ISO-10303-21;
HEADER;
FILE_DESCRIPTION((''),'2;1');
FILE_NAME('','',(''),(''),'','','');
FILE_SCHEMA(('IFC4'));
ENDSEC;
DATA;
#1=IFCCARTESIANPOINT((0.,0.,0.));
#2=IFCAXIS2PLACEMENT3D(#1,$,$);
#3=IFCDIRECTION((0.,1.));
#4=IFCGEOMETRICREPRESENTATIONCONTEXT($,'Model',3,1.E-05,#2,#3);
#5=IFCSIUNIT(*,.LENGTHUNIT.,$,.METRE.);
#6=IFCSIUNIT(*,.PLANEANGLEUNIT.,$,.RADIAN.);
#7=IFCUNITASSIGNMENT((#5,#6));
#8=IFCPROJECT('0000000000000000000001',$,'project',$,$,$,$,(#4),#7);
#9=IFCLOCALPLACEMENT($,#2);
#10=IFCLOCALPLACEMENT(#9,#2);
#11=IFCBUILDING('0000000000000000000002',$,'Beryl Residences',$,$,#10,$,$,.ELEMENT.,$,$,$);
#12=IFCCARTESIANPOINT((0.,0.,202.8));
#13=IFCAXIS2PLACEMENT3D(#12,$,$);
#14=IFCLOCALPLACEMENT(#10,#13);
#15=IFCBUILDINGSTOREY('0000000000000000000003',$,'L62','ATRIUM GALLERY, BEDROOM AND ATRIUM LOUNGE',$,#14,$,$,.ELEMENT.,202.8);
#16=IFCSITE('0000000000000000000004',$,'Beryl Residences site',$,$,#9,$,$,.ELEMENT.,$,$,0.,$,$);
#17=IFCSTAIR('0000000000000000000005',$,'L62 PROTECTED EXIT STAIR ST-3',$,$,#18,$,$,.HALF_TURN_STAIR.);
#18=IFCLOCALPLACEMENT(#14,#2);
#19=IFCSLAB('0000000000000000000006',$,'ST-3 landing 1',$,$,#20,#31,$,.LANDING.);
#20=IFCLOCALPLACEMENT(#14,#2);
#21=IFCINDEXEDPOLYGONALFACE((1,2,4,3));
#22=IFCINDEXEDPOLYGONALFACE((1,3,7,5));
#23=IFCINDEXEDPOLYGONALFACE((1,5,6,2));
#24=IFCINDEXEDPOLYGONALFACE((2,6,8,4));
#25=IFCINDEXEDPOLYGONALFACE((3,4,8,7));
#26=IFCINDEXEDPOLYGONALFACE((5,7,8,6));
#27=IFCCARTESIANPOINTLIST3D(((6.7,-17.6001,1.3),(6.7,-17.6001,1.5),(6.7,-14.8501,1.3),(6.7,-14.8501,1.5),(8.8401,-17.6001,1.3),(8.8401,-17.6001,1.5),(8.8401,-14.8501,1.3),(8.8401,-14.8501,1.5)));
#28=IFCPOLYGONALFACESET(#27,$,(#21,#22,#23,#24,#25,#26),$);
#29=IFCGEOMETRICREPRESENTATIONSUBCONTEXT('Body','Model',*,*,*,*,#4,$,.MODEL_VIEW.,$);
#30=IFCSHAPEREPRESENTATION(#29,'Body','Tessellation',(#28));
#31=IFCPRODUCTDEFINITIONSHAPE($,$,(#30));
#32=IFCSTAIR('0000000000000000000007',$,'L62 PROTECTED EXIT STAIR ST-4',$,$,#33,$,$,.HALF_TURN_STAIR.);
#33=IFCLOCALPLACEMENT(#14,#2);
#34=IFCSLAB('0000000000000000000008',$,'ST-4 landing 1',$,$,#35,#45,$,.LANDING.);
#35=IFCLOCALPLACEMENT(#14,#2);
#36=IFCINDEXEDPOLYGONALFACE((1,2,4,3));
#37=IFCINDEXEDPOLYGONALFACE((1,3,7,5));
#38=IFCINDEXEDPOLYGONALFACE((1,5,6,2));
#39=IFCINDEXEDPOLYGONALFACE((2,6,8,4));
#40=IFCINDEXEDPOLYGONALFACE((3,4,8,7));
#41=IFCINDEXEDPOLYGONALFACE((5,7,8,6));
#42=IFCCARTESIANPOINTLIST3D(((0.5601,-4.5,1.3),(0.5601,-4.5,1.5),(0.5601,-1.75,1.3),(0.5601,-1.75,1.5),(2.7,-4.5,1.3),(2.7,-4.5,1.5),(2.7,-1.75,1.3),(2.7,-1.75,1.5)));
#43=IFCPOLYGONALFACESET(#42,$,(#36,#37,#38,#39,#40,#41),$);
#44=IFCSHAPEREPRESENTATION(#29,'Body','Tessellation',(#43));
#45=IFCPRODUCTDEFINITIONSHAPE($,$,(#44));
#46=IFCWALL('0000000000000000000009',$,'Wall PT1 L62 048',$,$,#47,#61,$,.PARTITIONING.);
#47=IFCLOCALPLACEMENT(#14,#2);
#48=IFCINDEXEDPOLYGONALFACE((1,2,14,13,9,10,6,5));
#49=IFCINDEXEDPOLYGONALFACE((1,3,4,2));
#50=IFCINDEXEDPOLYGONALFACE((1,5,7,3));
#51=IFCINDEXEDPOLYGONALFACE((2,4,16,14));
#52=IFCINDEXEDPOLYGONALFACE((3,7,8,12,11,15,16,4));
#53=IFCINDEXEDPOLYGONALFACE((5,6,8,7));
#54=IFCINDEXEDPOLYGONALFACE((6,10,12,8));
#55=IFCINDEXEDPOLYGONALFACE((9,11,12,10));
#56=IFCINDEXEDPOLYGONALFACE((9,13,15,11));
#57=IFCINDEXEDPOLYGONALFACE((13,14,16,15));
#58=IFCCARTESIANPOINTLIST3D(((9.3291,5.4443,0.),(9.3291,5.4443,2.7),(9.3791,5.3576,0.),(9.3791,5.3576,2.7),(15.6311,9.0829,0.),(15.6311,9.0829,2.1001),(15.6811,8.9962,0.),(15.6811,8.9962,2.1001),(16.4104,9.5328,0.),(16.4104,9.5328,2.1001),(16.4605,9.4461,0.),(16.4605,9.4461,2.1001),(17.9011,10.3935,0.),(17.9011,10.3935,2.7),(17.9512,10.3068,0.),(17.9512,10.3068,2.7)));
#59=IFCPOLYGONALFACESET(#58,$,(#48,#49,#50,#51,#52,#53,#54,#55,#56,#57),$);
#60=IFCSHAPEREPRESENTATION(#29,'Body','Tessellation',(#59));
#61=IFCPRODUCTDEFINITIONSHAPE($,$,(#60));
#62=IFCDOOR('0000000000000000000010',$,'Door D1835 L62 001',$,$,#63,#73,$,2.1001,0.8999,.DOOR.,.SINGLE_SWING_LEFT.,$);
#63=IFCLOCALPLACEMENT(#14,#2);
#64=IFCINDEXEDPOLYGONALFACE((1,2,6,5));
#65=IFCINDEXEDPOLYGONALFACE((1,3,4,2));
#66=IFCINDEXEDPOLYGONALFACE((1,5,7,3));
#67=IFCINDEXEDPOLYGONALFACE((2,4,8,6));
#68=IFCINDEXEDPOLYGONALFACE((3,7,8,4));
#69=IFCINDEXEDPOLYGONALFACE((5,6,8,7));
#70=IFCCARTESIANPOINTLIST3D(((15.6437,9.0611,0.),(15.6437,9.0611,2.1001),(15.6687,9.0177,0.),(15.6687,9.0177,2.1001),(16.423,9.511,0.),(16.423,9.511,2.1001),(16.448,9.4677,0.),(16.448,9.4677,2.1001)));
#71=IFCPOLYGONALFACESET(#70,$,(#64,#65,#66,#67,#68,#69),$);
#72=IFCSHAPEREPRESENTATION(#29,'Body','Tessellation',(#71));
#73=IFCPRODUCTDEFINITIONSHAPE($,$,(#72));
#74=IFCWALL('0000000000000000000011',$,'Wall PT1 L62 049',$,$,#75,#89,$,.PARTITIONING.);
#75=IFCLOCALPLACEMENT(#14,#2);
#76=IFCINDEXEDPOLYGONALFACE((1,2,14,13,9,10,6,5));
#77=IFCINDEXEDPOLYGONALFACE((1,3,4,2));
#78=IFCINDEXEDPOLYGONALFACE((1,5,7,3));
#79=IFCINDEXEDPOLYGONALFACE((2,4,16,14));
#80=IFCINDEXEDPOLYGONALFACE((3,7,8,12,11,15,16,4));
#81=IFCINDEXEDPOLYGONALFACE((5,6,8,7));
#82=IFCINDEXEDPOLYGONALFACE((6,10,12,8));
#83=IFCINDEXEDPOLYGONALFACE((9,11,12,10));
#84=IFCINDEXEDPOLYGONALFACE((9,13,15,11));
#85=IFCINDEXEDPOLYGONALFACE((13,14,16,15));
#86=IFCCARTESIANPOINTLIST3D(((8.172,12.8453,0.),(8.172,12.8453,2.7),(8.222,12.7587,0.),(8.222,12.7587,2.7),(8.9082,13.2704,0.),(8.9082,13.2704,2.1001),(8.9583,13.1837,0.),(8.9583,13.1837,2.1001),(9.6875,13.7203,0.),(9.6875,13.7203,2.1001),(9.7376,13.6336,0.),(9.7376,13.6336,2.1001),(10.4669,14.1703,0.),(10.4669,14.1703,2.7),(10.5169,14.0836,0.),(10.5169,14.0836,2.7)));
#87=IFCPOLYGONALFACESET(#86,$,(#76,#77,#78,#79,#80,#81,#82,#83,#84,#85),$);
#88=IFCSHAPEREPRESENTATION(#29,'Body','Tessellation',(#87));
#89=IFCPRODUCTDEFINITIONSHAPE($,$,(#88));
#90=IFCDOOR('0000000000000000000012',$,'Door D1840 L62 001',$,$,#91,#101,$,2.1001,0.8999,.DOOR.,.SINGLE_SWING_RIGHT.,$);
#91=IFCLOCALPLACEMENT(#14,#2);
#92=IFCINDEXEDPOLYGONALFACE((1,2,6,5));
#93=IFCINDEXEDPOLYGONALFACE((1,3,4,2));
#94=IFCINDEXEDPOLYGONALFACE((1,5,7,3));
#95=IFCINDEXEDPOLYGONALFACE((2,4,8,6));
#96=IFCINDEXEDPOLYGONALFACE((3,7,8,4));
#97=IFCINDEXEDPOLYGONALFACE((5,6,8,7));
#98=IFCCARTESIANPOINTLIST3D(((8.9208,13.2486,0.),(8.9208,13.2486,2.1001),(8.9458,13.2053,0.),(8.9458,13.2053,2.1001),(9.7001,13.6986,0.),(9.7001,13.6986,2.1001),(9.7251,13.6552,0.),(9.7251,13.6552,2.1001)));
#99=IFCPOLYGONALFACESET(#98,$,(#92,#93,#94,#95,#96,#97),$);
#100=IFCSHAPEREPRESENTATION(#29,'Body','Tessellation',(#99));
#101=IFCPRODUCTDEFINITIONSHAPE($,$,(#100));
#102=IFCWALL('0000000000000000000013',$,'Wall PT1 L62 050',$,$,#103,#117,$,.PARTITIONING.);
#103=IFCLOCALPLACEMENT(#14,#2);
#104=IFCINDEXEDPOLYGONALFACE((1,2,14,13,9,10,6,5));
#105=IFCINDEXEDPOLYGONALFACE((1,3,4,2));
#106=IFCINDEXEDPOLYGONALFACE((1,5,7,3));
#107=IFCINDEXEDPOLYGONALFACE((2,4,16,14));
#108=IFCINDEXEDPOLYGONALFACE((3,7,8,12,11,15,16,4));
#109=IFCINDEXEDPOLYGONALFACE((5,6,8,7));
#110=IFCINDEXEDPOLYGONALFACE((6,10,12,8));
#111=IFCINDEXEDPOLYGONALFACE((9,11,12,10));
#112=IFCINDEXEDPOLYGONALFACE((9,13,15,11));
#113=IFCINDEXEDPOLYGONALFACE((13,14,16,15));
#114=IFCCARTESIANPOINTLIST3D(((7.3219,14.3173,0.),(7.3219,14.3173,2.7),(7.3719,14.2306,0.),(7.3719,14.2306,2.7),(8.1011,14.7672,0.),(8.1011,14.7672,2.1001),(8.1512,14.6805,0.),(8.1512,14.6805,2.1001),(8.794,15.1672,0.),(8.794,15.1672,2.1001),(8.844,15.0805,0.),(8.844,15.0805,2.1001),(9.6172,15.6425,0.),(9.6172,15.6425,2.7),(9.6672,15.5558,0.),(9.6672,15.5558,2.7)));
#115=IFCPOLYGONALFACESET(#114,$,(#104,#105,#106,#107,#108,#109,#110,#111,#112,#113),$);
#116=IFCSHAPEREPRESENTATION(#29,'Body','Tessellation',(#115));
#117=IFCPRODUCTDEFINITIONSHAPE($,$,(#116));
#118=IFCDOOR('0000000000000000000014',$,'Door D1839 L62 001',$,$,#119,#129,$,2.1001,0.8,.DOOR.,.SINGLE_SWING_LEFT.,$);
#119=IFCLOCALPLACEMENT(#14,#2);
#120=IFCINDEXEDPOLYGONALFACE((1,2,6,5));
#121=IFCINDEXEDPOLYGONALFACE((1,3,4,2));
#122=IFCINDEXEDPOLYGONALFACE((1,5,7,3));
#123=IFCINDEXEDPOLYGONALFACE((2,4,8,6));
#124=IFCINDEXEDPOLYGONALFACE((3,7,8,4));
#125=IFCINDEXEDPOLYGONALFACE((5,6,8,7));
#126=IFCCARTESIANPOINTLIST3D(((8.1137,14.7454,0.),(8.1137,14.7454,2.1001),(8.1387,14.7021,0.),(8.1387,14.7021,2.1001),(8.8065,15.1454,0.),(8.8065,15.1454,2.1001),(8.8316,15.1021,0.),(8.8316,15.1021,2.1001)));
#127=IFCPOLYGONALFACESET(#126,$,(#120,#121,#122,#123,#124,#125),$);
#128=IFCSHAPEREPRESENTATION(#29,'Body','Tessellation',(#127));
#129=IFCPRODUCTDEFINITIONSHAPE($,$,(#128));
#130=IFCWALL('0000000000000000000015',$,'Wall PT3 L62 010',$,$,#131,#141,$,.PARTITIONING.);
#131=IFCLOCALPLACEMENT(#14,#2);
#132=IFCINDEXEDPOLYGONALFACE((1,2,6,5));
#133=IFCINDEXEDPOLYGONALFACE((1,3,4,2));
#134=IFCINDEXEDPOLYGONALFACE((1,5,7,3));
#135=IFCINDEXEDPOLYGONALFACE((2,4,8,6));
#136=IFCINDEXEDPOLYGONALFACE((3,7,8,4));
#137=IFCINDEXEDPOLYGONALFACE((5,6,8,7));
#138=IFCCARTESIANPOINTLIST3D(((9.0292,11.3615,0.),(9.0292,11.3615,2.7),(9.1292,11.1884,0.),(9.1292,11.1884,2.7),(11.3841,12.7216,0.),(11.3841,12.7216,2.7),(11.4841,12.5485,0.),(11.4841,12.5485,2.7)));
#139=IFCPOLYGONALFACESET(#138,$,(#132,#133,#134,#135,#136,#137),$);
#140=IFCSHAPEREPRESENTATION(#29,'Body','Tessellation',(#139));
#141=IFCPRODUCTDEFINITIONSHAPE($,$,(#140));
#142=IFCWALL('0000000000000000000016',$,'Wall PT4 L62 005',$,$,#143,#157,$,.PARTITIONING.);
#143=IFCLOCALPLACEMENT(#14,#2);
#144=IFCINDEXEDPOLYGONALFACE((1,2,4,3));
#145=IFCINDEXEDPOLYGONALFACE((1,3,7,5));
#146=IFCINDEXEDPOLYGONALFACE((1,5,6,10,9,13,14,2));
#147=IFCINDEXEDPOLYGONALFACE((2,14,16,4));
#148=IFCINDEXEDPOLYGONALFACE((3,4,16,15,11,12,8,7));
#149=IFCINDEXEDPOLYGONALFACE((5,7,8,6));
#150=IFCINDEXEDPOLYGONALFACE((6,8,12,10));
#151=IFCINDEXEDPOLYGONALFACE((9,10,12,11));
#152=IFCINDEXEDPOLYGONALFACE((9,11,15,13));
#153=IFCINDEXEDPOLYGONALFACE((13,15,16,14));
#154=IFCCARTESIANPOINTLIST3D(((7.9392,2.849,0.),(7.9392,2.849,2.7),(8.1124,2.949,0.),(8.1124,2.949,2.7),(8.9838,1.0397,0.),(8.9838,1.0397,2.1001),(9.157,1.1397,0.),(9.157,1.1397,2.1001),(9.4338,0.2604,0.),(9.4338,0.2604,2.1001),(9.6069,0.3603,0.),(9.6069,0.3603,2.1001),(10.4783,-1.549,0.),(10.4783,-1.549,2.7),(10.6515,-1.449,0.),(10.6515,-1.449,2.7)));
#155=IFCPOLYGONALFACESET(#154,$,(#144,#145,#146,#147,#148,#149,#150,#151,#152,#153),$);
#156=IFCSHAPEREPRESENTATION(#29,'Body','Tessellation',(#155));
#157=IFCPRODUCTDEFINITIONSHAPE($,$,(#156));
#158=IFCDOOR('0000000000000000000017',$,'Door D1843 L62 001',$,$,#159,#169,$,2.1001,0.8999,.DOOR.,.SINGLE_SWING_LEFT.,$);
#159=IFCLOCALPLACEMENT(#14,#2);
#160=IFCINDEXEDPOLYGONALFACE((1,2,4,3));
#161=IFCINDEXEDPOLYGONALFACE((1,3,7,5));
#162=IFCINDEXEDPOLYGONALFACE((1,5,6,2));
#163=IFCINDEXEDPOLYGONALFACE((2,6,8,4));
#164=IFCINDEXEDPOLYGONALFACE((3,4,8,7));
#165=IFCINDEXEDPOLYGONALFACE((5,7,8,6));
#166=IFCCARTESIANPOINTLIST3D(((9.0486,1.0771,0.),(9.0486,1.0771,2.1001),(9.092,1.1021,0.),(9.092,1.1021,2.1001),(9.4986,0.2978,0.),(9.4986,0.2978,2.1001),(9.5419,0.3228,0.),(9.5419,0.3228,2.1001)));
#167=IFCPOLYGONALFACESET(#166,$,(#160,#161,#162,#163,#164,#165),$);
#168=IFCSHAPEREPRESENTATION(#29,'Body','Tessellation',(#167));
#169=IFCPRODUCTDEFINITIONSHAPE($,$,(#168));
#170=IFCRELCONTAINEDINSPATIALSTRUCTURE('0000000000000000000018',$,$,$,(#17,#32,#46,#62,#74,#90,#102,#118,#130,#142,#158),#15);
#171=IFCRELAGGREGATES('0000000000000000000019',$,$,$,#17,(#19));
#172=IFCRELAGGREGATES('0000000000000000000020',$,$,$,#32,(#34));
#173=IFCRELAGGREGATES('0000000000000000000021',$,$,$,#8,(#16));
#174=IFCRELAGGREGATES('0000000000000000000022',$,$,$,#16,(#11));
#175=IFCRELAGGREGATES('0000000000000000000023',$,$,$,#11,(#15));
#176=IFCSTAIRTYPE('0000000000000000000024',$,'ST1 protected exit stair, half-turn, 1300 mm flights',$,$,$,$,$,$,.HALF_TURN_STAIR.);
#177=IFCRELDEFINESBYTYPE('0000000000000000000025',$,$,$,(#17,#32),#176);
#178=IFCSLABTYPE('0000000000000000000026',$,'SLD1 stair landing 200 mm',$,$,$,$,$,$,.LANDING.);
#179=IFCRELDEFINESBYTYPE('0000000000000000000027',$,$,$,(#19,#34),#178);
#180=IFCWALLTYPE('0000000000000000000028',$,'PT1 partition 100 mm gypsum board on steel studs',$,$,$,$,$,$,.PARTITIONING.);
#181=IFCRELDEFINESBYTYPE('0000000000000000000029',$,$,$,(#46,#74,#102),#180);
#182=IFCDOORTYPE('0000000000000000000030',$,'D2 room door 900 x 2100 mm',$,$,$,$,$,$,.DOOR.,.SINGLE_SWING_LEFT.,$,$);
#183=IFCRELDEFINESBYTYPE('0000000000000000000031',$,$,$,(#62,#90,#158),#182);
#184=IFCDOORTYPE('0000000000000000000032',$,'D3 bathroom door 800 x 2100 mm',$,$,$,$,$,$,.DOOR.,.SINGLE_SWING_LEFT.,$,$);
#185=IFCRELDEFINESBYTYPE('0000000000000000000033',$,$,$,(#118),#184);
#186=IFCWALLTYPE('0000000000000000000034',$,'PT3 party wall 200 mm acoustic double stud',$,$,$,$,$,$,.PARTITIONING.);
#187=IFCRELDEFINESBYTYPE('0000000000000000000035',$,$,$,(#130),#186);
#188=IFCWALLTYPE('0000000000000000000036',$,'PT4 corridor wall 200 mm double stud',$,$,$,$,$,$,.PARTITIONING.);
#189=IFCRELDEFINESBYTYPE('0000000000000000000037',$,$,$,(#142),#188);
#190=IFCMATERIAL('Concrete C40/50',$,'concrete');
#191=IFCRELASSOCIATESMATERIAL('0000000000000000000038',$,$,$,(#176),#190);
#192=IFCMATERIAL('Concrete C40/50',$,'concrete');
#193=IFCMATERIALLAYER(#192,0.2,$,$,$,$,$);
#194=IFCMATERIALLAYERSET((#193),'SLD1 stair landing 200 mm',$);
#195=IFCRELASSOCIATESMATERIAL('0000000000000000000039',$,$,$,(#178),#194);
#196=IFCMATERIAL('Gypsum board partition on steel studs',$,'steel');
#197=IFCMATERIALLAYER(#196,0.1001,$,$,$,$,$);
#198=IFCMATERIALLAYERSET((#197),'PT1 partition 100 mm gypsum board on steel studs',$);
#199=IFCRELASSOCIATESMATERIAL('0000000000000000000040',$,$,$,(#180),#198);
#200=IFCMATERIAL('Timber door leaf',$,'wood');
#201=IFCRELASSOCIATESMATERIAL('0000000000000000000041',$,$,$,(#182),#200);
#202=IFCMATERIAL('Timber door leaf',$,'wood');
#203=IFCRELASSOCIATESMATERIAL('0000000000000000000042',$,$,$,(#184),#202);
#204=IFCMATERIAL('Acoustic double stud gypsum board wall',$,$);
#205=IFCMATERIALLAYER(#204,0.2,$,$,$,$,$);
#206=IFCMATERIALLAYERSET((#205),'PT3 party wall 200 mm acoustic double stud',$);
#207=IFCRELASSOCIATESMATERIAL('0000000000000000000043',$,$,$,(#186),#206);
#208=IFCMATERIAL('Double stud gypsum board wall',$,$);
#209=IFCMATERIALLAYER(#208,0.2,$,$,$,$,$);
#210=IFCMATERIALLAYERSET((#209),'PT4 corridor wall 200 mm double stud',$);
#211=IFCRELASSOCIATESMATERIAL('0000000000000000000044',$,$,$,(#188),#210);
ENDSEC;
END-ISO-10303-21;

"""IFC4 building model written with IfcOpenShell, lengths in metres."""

from ifc_helpers import new_model, si_unit, direction, frame, frame_2d, origin, place, context, subcontext, project, spatial, polyline, rectangle, outline, extrude, material, layer, layer_set, type_object, element, fill, aggregate, save


model = new_model("IFC4")

# Units and contexts
model_context = context("Model", 3, precision=1e-05, world=origin(), true_north=direction((0.0, 1.0)))
body_context = subcontext(model_context, "Body", "Model", "MODEL_VIEW")
ifc_project = project(units=[si_unit("LENGTHUNIT", "METRE"), si_unit("PLANEANGLEUNIT", "RADIAN")], contexts=[model_context])

# Site, building, storey
site_placement = place(None, origin())
site = spatial("IfcSite", under=ifc_project, at=site_placement, Name="Beryl Residences site", CompositionType="ELEMENT", RefElevation=0.0)
building_placement = place(site_placement, origin())
building = spatial("IfcBuilding", under=site, at=building_placement, Name="Beryl Residences", CompositionType="ELEMENT")
storey_placement = place(building_placement, frame((0.0, 0.0, 202.8)))
storey = spatial("IfcBuildingStorey", under=building, at=storey_placement, Name="L62", Description="ATRIUM GALLERY, BEDROOM AND ATRIUM LOUNGE", CompositionType="ELEMENT", Elevation=202.8)

# Stairs, slabs
ifc_material_1 = material(Name="Concrete C40/50", Category="concrete")
stair_type = type_object("IfcStairType", Name="ST1 protected exit stair, half-turn, 1300 mm flights", PredefinedType="HALF_TURN_STAIR", material=ifc_material_1)
ifc_material_2 = material(Name="Concrete C40/50", Category="concrete")
ifc_layer_1 = layer(ifc_material_2, 0.2)
ifc_layer_set_1 = layer_set([ifc_layer_1], Name="SLD1 stair landing 200 mm")
slab_type_1 = type_object("IfcSlabType", Name="SLD1 stair landing 200 mm", PredefinedType="LANDING", material=ifc_layer_set_1)
stair_1_placement = place(storey_placement, origin())
stair_1 = element("IfcStair", 1, at=stair_1_placement, inside=storey, type_object=stair_type, Name="L62 PROTECTED EXIT STAIR ST-3", PredefinedType="HALF_TURN_STAIR")
slab_1_placement = place(storey_placement, frame((0.0, 0.0, 1.3)))
slab_1 = element("IfcSlab", 2, at=slab_1_placement, type_object=slab_type_1, Name="ST-3 landing 1", PredefinedType="LANDING", context=body_context, shape_type="SweptSolid", body=[
    extrude(outline(polyline([(8.8401, -14.8501), (6.7, -14.8501), (6.7, -17.6001), (8.8401, -17.6001), (8.8401, -14.8501)])), origin(), (0.0, 0.0, 1.0), 0.2),
])
aggregate(stair_1, [slab_1])
stair_2_placement = place(storey_placement, origin())
stair_2 = element("IfcStair", 3, at=stair_2_placement, inside=storey, type_object=stair_type, Name="L62 PROTECTED EXIT STAIR ST-4", PredefinedType="HALF_TURN_STAIR")
slab_2_placement = place(storey_placement, frame((0.0, 0.0, 1.3)))
slab_2 = element("IfcSlab", 4, at=slab_2_placement, type_object=slab_type_1, Name="ST-4 landing 1", PredefinedType="LANDING", context=body_context, shape_type="SweptSolid", body=[
    extrude(outline(polyline([(0.5601, -4.5), (2.7, -4.5), (2.7, -1.75), (0.5601, -1.75), (0.5601, -4.5)])), origin(), (0.0, 0.0, 1.0), 0.2),
])
aggregate(stair_2, [slab_2])

# Walls, openings, doors
ifc_material_3 = material(Name="Gypsum board partition on steel studs", Category="steel")
ifc_layer_2 = layer(ifc_material_3, 0.1001)
ifc_layer_set_2 = layer_set([ifc_layer_2], Name="PT1 partition 100 mm gypsum board on steel studs")
wall_type_1 = type_object("IfcWallType", Name="PT1 partition 100 mm gypsum board on steel studs", PredefinedType="PARTITIONING", material=ifc_layer_set_2)
wall_1_placement = place(storey_placement, frame((9.354, 5.4009, 0.0), z_axis=(0.0, 0.0, 1.0), x_axis=(0.866018, 0.500012, 0.0)))
wall_1 = element("IfcWall", 5, at=wall_1_placement, inside=storey, type_object=wall_type_1, Name="Wall PT1 L62 048", PredefinedType="PARTITIONING", context=body_context, shape_type="SweptSolid", body=[
    extrude(rectangle(XDim=9.8982, YDim=0.1001, at=frame_2d((4.9492, 0.0))), origin(), (0.0, 0.0, 1.0), 2.7),
])
opening_1_placement = place(wall_1_placement, frame((7.2771, 0.0, 0.0)))
opening_1 = element("IfcOpeningElement", 6, at=opening_1_placement, cuts=wall_1, PredefinedType="OPENING", context=body_context, shape_type="SweptSolid", body=[
    extrude(rectangle(XDim=0.8999, YDim=2.1001, at=frame_2d((0.45, 1.05))), frame((0.0, 0.0601, 0.0), z_axis=(0.0, -1.0, 0.0), x_axis=(1.0, 0.0, 0.0)), (0.0, 0.0, 1.0), 0.1201),
])
ifc_material_4 = material(Name="Timber door leaf", Category="wood")
door_type_1 = type_object("IfcDoorType", Name="D2 room door 900 x 2100 mm", OperationType="SINGLE_SWING_LEFT", PredefinedType="DOOR", material=ifc_material_4)
door_1_placement = place(opening_1_placement, origin())
door_1 = element("IfcDoor", 7, at=door_1_placement, inside=storey, type_object=door_type_1, Name="Door D1835 L62 001", OperationType="SINGLE_SWING_LEFT", OverallHeight=2.1001, OverallWidth=0.8999, PredefinedType="DOOR", context=body_context, shape_type="SweptSolid", body=[
    extrude(rectangle(XDim=0.8999, YDim=2.1001, at=frame_2d((0.45, 1.05))), frame((0.0, 0.0249, 0.0), z_axis=(0.0, -1.0, 0.0), x_axis=(1.0, 0.0, 0.0)), (0.0, 0.0, 1.0), 0.05),
])
fill(opening_1, door_1)
wall_2_placement = place(storey_placement, frame((8.197, 12.802, 0.0), z_axis=(0.0, 0.0, 1.0), x_axis=(0.866029, 0.499994, 0.0)))
wall_2 = element("IfcWall", 8, at=wall_2_placement, inside=storey, type_object=wall_type_1, Name="Wall PT1 L62 049", PredefinedType="PARTITIONING", context=body_context, shape_type="SweptSolid", body=[
    extrude(rectangle(XDim=2.6499, YDim=0.1001, at=frame_2d((1.325, 0.0))), origin(), (0.0, 0.0, 1.0), 2.7),
])
opening_2_placement = place(wall_2_placement, frame((0.8501, 0.0, 0.0)))
opening_2 = element("IfcOpeningElement", 9, at=opening_2_placement, cuts=wall_2, PredefinedType="OPENING", context=body_context, shape_type="SweptSolid", body=[
    extrude(rectangle(XDim=0.8999, YDim=2.1001, at=frame_2d((0.45, 1.05))), frame((0.0, 0.0601, 0.0), z_axis=(0.0, -1.0, 0.0), x_axis=(1.0, 0.0, 0.0)), (0.0, 0.0, 1.0), 0.1201),
])
door_2_placement = place(opening_2_placement, origin())
door_2 = element("IfcDoor", 10, at=door_2_placement, inside=storey, type_object=door_type_1, Name="Door D1840 L62 001", OperationType="SINGLE_SWING_RIGHT", OverallHeight=2.1001, OverallWidth=0.8999, PredefinedType="DOOR", context=body_context, shape_type="SweptSolid", body=[
    extrude(rectangle(XDim=0.8999, YDim=2.1001, at=frame_2d((0.45, 1.05))), frame((0.0, 0.0249, 0.0), z_axis=(0.0, -1.0, 0.0), x_axis=(1.0, 0.0, 0.0)), (0.0, 0.0, 1.0), 0.05),
])
fill(opening_2, door_2)
wall_3_placement = place(storey_placement, frame((7.3469, 14.2739, 0.0), z_axis=(0.0, 0.0, 1.0), x_axis=(0.866012, 0.500023, 0.0)))
wall_3 = element("IfcWall", 11, at=wall_3_placement, inside=storey, type_object=wall_type_1, Name="Wall PT1 L62 050", PredefinedType="PARTITIONING", context=body_context, shape_type="SweptSolid", body=[
    extrude(rectangle(XDim=2.6504, YDim=0.1001, at=frame_2d((1.3252, 0.0))), origin(), (0.0, 0.0, 1.0), 2.7),
])
opening_3_placement = place(wall_3_placement, frame((0.8999, 0.0, 0.0)))
opening_3 = element("IfcOpeningElement", 12, at=opening_3_placement, cuts=wall_3, PredefinedType="OPENING", context=body_context, shape_type="SweptSolid", body=[
    extrude(rectangle(XDim=0.8, YDim=2.1001, at=frame_2d((0.3999, 1.05))), frame((0.0, 0.0601, 0.0), z_axis=(0.0, -1.0, 0.0), x_axis=(1.0, 0.0, 0.0)), (0.0, 0.0, 1.0), 0.1201),
])
ifc_material_5 = material(Name="Timber door leaf", Category="wood")
door_type_2 = type_object("IfcDoorType", Name="D3 bathroom door 800 x 2100 mm", OperationType="SINGLE_SWING_LEFT", PredefinedType="DOOR", material=ifc_material_5)
door_3_placement = place(opening_3_placement, origin())
door_3 = element("IfcDoor", 13, at=door_3_placement, inside=storey, type_object=door_type_2, Name="Door D1839 L62 001", OperationType="SINGLE_SWING_LEFT", OverallHeight=2.1001, OverallWidth=0.8, PredefinedType="DOOR", context=body_context, shape_type="SweptSolid", body=[
    extrude(rectangle(XDim=0.8, YDim=2.1001, at=frame_2d((0.3999, 1.05))), frame((0.0, 0.0249, 0.0), z_axis=(0.0, -1.0, 0.0), x_axis=(1.0, 0.0, 0.0)), (0.0, 0.0, 1.0), 0.05),
])
fill(opening_3, door_3)

# Wall
ifc_material_6 = material(Name="Acoustic double stud gypsum board wall")
ifc_layer_3 = layer(ifc_material_6, 0.2)
ifc_layer_set_3 = layer_set([ifc_layer_3], Name="PT3 party wall 200 mm acoustic double stud")
wall_type_2 = type_object("IfcWallType", Name="PT3 party wall 200 mm acoustic double stud", PredefinedType="PARTITIONING", material=ifc_layer_set_3)
wall_4_placement = place(storey_placement, frame((9.0791, 11.2749, 0.0), z_axis=(0.0, 0.0, 1.0), x_axis=(0.865952, 0.500127, 0.0)))
element("IfcWall", 14, at=wall_4_placement, inside=storey, type_object=wall_type_2, Name="Wall PT3 L62 010", PredefinedType="PARTITIONING", context=body_context, shape_type="SweptSolid", body=[
    extrude(rectangle(XDim=2.7195, YDim=0.2, at=frame_2d((1.3599, 0.0))), origin(), (0.0, 0.0, 1.0), 2.7),
])

# Wall, opening, door
ifc_material_7 = material(Name="Double stud gypsum board wall")
ifc_layer_4 = layer(ifc_material_7, 0.2)
ifc_layer_set_4 = layer_set([ifc_layer_4], Name="PT4 corridor wall 200 mm double stud")
wall_type_3 = type_object("IfcWallType", Name="PT4 corridor wall 200 mm double stud", PredefinedType="PARTITIONING", material=ifc_layer_set_4)
wall_5_placement = place(storey_placement, frame((8.0259, 2.8989, 0.0), z_axis=(0.0, 0.0, 1.0), x_axis=(0.499986, -0.866033, 0.0)))
wall_5 = element("IfcWall", 15, at=wall_5_placement, inside=storey, type_object=wall_type_3, Name="Wall PT4 L62 005", PredefinedType="PARTITIONING", context=body_context, shape_type="SweptSolid", body=[
    extrude(rectangle(XDim=5.0784, YDim=0.2, at=frame_2d((2.5391, 0.0))), origin(), (0.0, 0.0, 1.0), 2.7),
])
opening_4_placement = place(wall_5_placement, frame((2.0891, 0.0, 0.0)))
opening_4 = element("IfcOpeningElement", 16, at=opening_4_placement, cuts=wall_5, PredefinedType="OPENING", context=body_context, shape_type="SweptSolid", body=[
    extrude(rectangle(XDim=0.8999, YDim=2.1001, at=frame_2d((0.45, 1.05))), frame((0.0, 0.1099, 0.0), z_axis=(0.0, -1.0, 0.0), x_axis=(1.0, 0.0, 0.0)), (0.0, 0.0, 1.0), 0.22),
])
door_4_placement = place(opening_4_placement, origin())
door_4 = element("IfcDoor", 17, at=door_4_placement, inside=storey, type_object=door_type_1, Name="Door D1843 L62 001", OperationType="SINGLE_SWING_LEFT", OverallHeight=2.1001, OverallWidth=0.8999, PredefinedType="DOOR", context=body_context, shape_type="SweptSolid", body=[
    extrude(rectangle(XDim=0.8999, YDim=2.1001, at=frame_2d((0.45, 1.05))), frame((0.0, 0.0249, 0.0), z_axis=(0.0, -1.0, 0.0), x_axis=(1.0, 0.0, 0.0)), (0.0, 0.0, 1.0), 0.05),
])
fill(opening_4, door_4)

save(model, "model.ifc")
